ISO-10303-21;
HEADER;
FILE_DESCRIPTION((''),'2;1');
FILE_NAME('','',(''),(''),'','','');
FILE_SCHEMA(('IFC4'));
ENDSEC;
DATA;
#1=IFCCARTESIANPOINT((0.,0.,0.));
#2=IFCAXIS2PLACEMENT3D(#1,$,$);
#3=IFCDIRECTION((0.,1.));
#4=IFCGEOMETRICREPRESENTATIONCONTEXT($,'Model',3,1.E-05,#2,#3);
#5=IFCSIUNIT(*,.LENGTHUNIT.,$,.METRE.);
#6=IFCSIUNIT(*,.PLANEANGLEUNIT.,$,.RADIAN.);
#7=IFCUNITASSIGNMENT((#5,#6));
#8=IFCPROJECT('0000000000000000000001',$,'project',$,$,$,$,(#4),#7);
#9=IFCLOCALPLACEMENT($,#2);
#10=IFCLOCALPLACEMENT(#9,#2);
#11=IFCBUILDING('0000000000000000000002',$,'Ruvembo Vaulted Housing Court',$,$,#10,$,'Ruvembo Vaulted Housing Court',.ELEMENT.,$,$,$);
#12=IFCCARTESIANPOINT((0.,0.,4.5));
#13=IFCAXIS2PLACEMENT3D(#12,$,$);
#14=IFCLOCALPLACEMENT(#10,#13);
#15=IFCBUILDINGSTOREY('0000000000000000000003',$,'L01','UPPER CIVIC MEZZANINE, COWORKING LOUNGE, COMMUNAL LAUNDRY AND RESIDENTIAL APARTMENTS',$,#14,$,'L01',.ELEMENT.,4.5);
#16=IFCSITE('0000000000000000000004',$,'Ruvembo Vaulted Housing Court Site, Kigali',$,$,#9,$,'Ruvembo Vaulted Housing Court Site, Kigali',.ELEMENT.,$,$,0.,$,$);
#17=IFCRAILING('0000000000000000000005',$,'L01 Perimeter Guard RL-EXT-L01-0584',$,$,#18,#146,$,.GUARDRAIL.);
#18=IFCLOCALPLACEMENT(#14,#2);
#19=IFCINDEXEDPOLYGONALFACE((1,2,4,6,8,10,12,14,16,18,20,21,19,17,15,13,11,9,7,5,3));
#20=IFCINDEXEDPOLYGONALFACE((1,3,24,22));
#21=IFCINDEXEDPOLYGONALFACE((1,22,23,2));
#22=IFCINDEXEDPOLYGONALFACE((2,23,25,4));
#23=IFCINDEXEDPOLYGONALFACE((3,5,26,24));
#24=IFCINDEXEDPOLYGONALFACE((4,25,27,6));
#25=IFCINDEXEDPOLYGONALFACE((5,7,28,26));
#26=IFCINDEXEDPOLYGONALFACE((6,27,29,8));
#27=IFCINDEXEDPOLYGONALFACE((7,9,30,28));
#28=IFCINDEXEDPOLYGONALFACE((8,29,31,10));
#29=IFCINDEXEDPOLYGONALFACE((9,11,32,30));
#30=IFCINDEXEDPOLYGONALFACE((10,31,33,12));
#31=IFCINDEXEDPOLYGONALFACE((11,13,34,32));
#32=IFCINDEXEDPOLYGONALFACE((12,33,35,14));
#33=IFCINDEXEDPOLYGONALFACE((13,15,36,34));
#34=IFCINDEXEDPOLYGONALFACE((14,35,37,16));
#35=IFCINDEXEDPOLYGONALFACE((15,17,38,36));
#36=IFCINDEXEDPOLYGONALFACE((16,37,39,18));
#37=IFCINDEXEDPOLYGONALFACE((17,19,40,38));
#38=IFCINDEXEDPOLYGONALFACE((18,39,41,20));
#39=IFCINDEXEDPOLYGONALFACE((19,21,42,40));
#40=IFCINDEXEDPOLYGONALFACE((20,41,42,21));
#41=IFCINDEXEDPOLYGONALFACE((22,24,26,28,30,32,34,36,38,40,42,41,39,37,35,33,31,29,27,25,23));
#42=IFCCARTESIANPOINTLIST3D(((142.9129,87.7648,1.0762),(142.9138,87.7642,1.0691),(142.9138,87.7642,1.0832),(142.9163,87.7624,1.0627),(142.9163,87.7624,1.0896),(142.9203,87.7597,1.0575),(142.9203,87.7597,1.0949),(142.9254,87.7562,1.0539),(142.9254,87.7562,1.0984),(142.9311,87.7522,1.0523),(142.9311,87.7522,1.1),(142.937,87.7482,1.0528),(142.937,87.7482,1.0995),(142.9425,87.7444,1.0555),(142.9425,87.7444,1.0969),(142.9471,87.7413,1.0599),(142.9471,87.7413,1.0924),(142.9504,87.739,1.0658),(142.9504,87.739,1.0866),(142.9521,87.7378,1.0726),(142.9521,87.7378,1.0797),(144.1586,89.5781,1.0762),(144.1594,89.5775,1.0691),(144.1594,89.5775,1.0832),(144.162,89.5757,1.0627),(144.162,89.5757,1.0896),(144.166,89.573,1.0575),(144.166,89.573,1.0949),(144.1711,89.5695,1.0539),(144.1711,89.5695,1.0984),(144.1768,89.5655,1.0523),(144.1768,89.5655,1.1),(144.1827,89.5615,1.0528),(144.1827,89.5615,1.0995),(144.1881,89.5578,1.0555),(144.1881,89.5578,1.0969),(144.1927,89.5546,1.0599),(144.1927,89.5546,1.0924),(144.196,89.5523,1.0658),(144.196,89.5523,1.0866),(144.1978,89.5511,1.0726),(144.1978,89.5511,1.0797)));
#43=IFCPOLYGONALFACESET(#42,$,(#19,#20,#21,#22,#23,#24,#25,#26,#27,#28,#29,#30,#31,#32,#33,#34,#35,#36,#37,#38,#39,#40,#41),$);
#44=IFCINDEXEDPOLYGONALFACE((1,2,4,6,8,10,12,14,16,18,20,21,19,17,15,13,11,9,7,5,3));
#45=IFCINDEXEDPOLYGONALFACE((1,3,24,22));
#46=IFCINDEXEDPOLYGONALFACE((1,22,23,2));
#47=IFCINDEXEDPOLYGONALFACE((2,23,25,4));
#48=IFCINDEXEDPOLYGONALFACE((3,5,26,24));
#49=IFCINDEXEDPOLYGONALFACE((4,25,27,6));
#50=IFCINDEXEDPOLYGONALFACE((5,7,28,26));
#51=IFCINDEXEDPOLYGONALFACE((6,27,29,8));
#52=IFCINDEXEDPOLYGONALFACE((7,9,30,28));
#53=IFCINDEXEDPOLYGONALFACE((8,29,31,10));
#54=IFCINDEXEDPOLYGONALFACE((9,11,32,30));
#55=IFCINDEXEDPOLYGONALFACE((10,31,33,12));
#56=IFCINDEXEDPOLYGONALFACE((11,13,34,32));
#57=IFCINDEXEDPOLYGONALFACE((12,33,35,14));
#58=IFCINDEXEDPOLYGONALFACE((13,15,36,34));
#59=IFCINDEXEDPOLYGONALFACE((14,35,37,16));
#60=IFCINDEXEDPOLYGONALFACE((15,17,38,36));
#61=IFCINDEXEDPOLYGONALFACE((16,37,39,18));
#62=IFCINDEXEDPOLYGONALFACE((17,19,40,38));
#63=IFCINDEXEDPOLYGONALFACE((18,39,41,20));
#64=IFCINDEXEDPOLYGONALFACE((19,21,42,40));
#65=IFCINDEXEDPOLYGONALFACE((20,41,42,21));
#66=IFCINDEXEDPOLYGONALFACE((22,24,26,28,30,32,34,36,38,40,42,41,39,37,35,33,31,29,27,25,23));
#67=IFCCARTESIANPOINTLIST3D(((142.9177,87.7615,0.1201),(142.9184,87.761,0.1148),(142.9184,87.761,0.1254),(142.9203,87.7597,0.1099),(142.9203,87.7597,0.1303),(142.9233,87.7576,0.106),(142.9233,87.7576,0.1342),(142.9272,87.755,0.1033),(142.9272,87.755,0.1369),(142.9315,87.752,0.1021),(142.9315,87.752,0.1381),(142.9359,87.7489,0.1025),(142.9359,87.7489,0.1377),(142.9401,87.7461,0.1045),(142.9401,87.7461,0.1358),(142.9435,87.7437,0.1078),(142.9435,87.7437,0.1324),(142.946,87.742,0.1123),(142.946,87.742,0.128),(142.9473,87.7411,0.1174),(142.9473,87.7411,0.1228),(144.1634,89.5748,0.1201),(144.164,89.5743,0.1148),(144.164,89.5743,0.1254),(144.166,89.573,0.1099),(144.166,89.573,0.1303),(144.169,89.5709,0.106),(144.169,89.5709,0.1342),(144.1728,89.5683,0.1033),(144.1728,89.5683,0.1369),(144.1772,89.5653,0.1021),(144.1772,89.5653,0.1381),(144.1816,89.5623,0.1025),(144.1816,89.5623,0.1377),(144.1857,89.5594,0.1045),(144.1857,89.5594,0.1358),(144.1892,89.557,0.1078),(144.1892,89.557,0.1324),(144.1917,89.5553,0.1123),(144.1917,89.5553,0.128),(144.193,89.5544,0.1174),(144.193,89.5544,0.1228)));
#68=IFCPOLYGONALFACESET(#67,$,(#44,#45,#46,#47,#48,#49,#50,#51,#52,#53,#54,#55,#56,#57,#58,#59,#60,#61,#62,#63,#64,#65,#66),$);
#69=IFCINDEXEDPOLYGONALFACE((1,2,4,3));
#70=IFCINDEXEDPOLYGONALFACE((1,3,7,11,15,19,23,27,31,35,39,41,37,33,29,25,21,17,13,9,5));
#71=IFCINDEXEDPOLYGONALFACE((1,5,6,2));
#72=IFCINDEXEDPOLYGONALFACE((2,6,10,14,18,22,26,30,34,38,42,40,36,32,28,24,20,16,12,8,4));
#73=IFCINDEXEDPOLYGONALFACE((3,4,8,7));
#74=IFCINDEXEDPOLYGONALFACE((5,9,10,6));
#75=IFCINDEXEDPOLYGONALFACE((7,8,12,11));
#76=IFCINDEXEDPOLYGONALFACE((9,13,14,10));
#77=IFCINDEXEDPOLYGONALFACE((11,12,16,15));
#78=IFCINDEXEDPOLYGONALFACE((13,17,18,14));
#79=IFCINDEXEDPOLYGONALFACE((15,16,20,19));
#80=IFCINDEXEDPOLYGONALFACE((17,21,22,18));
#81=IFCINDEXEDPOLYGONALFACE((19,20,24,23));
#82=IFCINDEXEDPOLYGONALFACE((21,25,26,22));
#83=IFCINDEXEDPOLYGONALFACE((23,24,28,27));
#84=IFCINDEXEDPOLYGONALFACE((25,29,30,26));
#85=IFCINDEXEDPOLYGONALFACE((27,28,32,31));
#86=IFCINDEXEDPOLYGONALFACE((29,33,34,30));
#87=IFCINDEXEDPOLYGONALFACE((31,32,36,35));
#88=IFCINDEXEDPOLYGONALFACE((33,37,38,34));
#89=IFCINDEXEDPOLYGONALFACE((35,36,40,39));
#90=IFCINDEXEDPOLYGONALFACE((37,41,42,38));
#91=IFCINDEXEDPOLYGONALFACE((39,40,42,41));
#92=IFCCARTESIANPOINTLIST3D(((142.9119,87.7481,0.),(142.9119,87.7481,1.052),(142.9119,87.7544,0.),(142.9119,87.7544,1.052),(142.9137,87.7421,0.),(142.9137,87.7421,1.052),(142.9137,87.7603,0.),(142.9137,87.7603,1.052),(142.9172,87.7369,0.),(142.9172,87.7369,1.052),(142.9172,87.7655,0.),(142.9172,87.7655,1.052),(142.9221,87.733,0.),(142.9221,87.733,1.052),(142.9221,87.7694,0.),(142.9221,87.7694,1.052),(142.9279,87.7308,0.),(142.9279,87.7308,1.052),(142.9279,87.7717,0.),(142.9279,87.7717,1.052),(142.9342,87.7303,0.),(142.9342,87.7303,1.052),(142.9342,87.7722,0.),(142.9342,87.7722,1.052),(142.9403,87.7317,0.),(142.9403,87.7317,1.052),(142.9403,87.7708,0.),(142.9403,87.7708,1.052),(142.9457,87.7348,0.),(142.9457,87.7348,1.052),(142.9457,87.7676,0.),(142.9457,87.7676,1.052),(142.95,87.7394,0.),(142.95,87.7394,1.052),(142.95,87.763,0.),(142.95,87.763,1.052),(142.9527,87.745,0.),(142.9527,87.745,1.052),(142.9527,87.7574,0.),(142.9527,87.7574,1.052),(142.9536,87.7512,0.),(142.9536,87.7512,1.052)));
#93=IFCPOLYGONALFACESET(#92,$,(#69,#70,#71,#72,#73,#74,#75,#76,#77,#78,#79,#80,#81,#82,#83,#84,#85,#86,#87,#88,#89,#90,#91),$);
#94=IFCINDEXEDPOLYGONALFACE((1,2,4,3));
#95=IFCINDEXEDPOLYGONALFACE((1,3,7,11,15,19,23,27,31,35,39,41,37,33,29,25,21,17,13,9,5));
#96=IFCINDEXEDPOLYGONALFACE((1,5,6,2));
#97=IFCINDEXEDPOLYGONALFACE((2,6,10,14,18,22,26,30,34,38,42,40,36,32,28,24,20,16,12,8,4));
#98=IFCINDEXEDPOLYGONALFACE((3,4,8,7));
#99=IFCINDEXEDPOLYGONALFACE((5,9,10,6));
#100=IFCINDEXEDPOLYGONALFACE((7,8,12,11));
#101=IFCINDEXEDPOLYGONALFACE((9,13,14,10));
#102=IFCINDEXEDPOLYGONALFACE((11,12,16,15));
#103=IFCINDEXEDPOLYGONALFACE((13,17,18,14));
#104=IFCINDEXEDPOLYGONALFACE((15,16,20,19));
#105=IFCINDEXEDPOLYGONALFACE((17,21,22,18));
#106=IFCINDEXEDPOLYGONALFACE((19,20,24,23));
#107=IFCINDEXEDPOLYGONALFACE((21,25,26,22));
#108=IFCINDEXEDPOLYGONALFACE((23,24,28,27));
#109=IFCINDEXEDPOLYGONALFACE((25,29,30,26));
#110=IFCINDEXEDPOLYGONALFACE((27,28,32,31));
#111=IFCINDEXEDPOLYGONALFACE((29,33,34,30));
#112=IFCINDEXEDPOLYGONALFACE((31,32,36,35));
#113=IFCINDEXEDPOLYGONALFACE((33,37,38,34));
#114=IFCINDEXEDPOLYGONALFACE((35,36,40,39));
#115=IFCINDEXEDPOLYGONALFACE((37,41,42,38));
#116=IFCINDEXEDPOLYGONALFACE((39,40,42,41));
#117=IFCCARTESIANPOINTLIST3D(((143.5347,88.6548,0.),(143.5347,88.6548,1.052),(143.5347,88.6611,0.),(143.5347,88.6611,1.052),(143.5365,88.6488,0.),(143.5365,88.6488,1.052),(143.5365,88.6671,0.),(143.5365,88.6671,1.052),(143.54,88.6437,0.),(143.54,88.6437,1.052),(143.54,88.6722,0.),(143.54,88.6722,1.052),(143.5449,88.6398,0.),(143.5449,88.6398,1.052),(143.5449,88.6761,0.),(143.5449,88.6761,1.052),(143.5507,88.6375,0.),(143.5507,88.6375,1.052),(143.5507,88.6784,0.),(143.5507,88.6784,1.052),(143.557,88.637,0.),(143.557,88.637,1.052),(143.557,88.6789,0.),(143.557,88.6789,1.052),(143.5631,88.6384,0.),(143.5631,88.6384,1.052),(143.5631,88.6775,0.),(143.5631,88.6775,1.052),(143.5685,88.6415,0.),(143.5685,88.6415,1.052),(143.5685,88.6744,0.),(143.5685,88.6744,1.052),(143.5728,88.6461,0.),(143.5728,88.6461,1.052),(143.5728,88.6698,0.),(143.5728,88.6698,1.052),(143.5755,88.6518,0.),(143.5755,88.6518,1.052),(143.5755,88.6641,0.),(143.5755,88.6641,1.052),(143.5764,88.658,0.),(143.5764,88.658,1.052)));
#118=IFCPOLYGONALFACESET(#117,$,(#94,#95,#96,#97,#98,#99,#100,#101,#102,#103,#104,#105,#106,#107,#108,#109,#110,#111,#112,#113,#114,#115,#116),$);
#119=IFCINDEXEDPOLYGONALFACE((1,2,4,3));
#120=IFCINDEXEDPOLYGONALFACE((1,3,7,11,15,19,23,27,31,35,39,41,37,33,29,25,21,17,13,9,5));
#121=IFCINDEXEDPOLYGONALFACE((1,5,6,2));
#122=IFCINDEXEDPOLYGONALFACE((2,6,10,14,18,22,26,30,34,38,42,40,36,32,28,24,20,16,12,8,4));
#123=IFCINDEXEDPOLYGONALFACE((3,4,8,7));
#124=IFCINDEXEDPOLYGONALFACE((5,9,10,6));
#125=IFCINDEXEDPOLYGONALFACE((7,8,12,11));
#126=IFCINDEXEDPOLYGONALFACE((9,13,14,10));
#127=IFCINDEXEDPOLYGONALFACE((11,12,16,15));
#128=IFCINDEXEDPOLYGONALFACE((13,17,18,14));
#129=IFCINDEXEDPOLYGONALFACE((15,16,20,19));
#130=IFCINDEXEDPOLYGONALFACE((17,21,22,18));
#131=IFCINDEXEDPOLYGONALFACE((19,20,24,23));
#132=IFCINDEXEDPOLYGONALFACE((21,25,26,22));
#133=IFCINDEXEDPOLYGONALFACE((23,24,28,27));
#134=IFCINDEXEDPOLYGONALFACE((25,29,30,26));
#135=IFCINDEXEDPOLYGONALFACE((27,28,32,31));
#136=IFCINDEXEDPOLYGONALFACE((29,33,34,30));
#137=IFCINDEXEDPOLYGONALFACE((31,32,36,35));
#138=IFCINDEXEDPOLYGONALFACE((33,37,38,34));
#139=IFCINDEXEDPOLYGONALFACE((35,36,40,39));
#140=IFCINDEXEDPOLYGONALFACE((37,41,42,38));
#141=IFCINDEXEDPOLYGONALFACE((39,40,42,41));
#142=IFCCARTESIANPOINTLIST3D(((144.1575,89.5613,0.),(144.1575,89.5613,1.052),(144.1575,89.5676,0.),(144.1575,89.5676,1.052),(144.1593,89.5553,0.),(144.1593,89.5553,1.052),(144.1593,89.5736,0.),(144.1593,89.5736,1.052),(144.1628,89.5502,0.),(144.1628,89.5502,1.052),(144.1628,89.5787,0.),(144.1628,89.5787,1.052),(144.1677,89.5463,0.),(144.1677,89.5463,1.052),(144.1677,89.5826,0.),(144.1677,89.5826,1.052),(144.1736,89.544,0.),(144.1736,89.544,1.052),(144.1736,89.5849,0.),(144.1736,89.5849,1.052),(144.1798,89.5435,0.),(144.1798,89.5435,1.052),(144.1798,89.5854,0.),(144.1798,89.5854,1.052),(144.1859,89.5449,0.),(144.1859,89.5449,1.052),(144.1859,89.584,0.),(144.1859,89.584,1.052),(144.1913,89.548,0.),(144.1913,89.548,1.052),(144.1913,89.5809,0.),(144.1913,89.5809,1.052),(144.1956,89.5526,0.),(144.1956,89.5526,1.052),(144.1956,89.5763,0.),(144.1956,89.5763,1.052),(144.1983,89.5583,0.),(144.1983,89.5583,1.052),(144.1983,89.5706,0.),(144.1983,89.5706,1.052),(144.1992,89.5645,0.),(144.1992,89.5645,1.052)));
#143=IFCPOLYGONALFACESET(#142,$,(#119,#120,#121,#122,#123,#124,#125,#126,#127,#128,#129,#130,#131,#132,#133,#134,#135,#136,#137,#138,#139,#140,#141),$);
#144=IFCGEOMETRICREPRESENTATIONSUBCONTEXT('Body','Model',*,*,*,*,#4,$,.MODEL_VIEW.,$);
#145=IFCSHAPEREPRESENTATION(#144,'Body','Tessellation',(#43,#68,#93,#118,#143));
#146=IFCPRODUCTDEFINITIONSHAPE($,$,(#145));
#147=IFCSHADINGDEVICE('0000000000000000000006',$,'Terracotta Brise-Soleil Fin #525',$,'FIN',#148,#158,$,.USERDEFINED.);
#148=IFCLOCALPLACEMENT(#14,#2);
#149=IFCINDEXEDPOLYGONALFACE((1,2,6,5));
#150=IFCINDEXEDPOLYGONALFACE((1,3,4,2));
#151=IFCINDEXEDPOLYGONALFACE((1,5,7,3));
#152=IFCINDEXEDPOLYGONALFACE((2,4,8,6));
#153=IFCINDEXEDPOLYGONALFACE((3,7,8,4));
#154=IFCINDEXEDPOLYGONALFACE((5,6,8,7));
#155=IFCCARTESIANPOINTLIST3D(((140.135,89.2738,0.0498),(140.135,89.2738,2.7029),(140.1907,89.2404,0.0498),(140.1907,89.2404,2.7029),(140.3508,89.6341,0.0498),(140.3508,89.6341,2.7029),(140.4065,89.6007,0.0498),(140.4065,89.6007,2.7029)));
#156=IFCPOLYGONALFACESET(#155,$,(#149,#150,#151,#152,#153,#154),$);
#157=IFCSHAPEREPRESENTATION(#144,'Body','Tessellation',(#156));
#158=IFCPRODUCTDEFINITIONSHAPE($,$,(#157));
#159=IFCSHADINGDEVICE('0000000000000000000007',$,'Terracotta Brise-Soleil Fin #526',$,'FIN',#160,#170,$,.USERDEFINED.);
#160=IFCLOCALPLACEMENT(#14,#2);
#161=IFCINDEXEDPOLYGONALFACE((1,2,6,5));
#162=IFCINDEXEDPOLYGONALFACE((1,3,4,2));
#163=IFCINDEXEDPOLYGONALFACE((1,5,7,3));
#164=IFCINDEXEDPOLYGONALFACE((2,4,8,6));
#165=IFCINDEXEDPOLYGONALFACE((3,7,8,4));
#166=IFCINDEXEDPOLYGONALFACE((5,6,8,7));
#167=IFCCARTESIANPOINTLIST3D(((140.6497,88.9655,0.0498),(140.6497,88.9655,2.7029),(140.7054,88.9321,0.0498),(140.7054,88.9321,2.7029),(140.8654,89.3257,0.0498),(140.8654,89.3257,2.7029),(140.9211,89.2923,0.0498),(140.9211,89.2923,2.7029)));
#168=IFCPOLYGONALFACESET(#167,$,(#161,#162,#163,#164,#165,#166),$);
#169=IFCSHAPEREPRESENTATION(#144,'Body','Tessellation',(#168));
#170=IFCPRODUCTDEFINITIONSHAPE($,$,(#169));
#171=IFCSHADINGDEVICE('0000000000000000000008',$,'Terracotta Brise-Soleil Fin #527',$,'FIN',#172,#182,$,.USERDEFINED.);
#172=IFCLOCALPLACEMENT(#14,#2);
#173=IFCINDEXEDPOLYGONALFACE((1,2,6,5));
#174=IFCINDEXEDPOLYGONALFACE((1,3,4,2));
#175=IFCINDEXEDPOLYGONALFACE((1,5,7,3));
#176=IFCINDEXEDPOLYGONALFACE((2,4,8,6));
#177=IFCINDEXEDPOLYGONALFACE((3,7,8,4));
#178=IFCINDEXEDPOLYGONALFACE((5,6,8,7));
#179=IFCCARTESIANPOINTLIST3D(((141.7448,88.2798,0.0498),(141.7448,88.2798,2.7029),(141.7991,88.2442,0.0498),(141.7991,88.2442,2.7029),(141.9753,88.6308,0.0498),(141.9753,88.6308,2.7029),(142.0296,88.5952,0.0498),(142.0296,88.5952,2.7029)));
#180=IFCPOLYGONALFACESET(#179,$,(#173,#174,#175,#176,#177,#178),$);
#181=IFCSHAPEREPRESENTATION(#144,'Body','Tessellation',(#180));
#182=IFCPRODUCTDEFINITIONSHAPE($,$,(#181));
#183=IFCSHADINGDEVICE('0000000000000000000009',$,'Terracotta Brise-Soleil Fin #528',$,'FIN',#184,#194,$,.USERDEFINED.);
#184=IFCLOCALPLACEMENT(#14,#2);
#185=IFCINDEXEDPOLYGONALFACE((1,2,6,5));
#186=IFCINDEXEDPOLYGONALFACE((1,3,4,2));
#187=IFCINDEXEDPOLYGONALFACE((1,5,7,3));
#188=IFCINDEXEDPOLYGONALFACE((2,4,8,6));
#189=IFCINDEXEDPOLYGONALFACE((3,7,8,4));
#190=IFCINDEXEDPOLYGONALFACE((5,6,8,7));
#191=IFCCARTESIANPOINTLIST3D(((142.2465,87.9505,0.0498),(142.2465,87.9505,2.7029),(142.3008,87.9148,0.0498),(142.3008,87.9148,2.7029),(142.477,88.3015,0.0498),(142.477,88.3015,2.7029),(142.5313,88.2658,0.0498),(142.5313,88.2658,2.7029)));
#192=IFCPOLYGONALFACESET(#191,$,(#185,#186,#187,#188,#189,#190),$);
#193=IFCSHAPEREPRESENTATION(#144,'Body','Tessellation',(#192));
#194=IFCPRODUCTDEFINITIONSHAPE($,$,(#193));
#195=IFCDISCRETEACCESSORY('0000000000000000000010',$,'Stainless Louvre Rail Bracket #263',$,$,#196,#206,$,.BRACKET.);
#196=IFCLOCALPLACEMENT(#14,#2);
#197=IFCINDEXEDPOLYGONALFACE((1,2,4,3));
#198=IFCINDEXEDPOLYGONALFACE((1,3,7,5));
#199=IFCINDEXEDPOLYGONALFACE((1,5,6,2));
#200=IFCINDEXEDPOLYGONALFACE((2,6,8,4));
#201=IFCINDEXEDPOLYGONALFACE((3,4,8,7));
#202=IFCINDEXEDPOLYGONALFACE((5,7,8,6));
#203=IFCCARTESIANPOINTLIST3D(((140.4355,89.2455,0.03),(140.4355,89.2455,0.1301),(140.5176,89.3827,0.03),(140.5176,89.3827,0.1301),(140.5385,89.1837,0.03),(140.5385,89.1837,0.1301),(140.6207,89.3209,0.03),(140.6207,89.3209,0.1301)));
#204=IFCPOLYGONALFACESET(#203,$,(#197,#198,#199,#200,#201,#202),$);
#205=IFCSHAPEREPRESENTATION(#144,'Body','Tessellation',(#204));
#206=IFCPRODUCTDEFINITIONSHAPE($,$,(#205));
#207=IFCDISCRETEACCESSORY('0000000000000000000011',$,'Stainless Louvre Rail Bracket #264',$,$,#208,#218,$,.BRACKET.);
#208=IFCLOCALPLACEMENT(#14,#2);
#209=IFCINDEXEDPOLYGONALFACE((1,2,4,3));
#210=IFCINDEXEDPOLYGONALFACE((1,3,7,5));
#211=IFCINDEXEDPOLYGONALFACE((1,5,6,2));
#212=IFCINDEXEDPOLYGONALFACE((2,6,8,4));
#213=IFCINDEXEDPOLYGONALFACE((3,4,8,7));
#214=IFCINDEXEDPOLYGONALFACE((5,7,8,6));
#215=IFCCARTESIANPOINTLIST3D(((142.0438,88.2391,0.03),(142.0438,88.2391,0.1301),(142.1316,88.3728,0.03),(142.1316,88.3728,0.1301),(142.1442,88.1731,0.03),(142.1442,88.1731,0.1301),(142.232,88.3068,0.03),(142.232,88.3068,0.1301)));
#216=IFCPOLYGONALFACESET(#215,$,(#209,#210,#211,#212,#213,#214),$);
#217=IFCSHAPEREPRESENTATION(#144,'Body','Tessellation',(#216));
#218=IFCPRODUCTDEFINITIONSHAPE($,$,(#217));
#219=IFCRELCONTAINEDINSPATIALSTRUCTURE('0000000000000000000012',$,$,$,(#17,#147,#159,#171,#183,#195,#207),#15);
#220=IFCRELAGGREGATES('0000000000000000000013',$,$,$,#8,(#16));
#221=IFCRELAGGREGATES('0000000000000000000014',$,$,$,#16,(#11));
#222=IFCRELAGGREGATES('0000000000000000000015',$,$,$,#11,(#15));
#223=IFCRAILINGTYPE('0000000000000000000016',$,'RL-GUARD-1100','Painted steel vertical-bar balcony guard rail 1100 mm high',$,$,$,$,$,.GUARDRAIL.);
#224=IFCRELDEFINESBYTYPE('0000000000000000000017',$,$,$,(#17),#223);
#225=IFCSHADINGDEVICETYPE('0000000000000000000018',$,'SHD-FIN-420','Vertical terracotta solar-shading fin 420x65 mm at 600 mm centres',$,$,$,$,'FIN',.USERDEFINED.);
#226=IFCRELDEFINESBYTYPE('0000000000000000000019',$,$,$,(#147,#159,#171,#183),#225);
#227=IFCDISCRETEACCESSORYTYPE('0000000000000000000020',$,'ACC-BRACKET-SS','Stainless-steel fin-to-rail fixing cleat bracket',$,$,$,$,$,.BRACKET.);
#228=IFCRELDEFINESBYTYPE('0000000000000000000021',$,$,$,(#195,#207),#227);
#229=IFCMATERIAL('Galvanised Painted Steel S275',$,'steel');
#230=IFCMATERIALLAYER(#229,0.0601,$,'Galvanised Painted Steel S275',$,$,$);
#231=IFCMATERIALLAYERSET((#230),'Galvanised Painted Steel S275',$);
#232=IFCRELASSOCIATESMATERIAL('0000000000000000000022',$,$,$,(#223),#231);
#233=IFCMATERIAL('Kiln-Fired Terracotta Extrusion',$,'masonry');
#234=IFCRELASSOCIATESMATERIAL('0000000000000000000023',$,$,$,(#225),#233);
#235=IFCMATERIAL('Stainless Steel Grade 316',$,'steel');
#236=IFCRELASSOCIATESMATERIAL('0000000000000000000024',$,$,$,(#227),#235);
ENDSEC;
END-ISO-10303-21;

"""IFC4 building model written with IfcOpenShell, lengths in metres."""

from ifc_helpers import new_model, si_unit, direction, frame, origin, origin_2d, place, context, subcontext, project, spatial, rectangle, circle, extrude, material, layer, layer_set, type_object, element, save


model = new_model("IFC4")

# Units and contexts
model_context = context("Model", 3, precision=1e-05, world=origin(), true_north=direction((0.0, 1.0)))
body_context = subcontext(model_context, "Body", "Model", "MODEL_VIEW")
ifc_project = project(units=[si_unit("LENGTHUNIT", "METRE"), si_unit("PLANEANGLEUNIT", "RADIAN")], contexts=[model_context])

# Site, building, storey
site_placement = place(None, origin())
site = spatial("IfcSite", under=ifc_project, at=site_placement, Name="Ruvembo Vaulted Housing Court Site, Kigali", LongName="Ruvembo Vaulted Housing Court Site, Kigali", CompositionType="ELEMENT", RefElevation=0.0)
building_placement = place(site_placement, origin())
building = spatial("IfcBuilding", under=site, at=building_placement, Name="Ruvembo Vaulted Housing Court", LongName="Ruvembo Vaulted Housing Court", CompositionType="ELEMENT")
storey_placement = place(building_placement, frame((0.0, 0.0, 4.5)))
storey = spatial("IfcBuildingStorey", under=building, at=storey_placement, Name="L01", Description="UPPER CIVIC MEZZANINE, COWORKING LOUNGE, COMMUNAL LAUNDRY AND RESIDENTIAL APARTMENTS", LongName="L01", CompositionType="ELEMENT", Elevation=4.5)

# Railing
ifc_material_1 = material(Name="Galvanised Painted Steel S275", Category="steel")
ifc_layer_1 = layer(ifc_material_1, 0.0601, Name="Galvanised Painted Steel S275")
ifc_layer_set_1 = layer_set([ifc_layer_1], Name="Galvanised Painted Steel S275")
railing_type = type_object("IfcRailingType", Name="RL-GUARD-1100", Description="Painted steel vertical-bar balcony guard rail 1100 mm high", PredefinedType="GUARDRAIL", material=ifc_layer_set_1)
railing_1_placement = place(storey_placement, frame((142.9326, 87.7512, 0.0)))
element("IfcRailing", 1, at=railing_1_placement, inside=storey, type_object=railing_type, Name="L01 Perimeter Guard RL-EXT-L01-0584", PredefinedType="GUARDRAIL", context=body_context, shape_type="SweptSolid", body=[
    extrude(circle(Radius=0.0239, at=origin_2d()), frame((0.0, 0.0, 1.0762), z_axis=(0.566223, 0.824252, 0.0), x_axis=(-0.824252, 0.566223, 0.0)), (0.0, 0.0, 1.0), 2.2),
    extrude(circle(Radius=0.0181, at=origin_2d()), frame((0.0, 0.0, 0.1201), z_axis=(0.566223, 0.824252, 0.0), x_axis=(-0.824252, 0.566223, 0.0)), (0.0, 0.0, 1.0), 2.2),
    extrude(circle(Radius=0.021, at=origin_2d()), origin(), (0.0, 0.0, 1.0), 1.052),
    extrude(circle(Radius=0.021, at=origin_2d()), frame((0.6228, 0.9067, 0.0)), (0.0, 0.0, 1.0), 1.052),
    extrude(circle(Radius=0.021, at=origin_2d()), frame((1.2456, 1.8132, 0.0)), (0.0, 0.0, 1.0), 1.052),
])

# Shading devices
ifc_material_2 = material(Name="Kiln-Fired Terracotta Extrusion", Category="masonry")
shading_device_type = type_object("IfcShadingDeviceType", Name="SHD-FIN-420", Description="Vertical terracotta solar-shading fin 420x65 mm at 600 mm centres", ElementType="FIN", PredefinedType="USERDEFINED", material=ifc_material_2)
for number, where, z_axis, x_axis, name in (
    (2, (140.2708, 89.4373, 0.0498), (0.0, 0.0, 1.0), (-0.513826, -0.857895, 0.0), "Terracotta Brise-Soleil Fin #525"),
    (3, (140.7854, 89.1289, 0.0498), (0.0, 0.0, 1.0), (-0.513826, -0.857895, 0.0), "Terracotta Brise-Soleil Fin #526"),
    (4, (141.8872, 88.4375, 0.0498), (0.0, 0.0, 1.0), (-0.548964, -0.835846, 0.0), "Terracotta Brise-Soleil Fin #527"),
    (5, (142.3889, 88.1082, 0.0498), (0.0, 0.0, 1.0), (-0.548964, -0.835846, 0.0), "Terracotta Brise-Soleil Fin #528"),
):
    element("IfcShadingDevice", number, at=place(storey_placement, frame(where, z_axis=z_axis, x_axis=x_axis)), inside=storey, type_object=shading_device_type, Name=name, ObjectType="FIN", PredefinedType="USERDEFINED", context=body_context, shape_type="SweptSolid", body=[
        extrude(rectangle(XDim=0.4199, YDim=0.0649, at=origin_2d()), origin(), (0.0, 0.0, 1.0), 2.6531),
    ])

# Discrete accessories
ifc_material_3 = material(Name="Stainless Steel Grade 316", Category="steel")
discrete_accessory_type = type_object("IfcDiscreteAccessoryType", Name="ACC-BRACKET-SS", Description="Stainless-steel fin-to-rail fixing cleat bracket", PredefinedType="BRACKET", material=ifc_material_3)
for number, where, z_axis, x_axis, name in (
    (6, (140.5281, 89.2832, 0.03), (0.0, 0.0, 1.0), (-0.513826, -0.857895, 0.0), "Stainless Louvre Rail Bracket #263"),
    (7, (142.1379, 88.2729, 0.03), (0.0, 0.0, 1.0), (-0.548964, -0.835846, 0.0), "Stainless Louvre Rail Bracket #264"),
):
    element("IfcDiscreteAccessory", number, at=place(storey_placement, frame(where, z_axis=z_axis, x_axis=x_axis)), inside=storey, type_object=discrete_accessory_type, Name=name, PredefinedType="BRACKET", context=body_context, shape_type="SweptSolid", body=[
        extrude(rectangle(XDim=0.1599, YDim=0.1201, at=origin_2d()), origin(), (0.0, 0.0, 1.0), 0.1001),
    ])

save(model, "model.ifc")
